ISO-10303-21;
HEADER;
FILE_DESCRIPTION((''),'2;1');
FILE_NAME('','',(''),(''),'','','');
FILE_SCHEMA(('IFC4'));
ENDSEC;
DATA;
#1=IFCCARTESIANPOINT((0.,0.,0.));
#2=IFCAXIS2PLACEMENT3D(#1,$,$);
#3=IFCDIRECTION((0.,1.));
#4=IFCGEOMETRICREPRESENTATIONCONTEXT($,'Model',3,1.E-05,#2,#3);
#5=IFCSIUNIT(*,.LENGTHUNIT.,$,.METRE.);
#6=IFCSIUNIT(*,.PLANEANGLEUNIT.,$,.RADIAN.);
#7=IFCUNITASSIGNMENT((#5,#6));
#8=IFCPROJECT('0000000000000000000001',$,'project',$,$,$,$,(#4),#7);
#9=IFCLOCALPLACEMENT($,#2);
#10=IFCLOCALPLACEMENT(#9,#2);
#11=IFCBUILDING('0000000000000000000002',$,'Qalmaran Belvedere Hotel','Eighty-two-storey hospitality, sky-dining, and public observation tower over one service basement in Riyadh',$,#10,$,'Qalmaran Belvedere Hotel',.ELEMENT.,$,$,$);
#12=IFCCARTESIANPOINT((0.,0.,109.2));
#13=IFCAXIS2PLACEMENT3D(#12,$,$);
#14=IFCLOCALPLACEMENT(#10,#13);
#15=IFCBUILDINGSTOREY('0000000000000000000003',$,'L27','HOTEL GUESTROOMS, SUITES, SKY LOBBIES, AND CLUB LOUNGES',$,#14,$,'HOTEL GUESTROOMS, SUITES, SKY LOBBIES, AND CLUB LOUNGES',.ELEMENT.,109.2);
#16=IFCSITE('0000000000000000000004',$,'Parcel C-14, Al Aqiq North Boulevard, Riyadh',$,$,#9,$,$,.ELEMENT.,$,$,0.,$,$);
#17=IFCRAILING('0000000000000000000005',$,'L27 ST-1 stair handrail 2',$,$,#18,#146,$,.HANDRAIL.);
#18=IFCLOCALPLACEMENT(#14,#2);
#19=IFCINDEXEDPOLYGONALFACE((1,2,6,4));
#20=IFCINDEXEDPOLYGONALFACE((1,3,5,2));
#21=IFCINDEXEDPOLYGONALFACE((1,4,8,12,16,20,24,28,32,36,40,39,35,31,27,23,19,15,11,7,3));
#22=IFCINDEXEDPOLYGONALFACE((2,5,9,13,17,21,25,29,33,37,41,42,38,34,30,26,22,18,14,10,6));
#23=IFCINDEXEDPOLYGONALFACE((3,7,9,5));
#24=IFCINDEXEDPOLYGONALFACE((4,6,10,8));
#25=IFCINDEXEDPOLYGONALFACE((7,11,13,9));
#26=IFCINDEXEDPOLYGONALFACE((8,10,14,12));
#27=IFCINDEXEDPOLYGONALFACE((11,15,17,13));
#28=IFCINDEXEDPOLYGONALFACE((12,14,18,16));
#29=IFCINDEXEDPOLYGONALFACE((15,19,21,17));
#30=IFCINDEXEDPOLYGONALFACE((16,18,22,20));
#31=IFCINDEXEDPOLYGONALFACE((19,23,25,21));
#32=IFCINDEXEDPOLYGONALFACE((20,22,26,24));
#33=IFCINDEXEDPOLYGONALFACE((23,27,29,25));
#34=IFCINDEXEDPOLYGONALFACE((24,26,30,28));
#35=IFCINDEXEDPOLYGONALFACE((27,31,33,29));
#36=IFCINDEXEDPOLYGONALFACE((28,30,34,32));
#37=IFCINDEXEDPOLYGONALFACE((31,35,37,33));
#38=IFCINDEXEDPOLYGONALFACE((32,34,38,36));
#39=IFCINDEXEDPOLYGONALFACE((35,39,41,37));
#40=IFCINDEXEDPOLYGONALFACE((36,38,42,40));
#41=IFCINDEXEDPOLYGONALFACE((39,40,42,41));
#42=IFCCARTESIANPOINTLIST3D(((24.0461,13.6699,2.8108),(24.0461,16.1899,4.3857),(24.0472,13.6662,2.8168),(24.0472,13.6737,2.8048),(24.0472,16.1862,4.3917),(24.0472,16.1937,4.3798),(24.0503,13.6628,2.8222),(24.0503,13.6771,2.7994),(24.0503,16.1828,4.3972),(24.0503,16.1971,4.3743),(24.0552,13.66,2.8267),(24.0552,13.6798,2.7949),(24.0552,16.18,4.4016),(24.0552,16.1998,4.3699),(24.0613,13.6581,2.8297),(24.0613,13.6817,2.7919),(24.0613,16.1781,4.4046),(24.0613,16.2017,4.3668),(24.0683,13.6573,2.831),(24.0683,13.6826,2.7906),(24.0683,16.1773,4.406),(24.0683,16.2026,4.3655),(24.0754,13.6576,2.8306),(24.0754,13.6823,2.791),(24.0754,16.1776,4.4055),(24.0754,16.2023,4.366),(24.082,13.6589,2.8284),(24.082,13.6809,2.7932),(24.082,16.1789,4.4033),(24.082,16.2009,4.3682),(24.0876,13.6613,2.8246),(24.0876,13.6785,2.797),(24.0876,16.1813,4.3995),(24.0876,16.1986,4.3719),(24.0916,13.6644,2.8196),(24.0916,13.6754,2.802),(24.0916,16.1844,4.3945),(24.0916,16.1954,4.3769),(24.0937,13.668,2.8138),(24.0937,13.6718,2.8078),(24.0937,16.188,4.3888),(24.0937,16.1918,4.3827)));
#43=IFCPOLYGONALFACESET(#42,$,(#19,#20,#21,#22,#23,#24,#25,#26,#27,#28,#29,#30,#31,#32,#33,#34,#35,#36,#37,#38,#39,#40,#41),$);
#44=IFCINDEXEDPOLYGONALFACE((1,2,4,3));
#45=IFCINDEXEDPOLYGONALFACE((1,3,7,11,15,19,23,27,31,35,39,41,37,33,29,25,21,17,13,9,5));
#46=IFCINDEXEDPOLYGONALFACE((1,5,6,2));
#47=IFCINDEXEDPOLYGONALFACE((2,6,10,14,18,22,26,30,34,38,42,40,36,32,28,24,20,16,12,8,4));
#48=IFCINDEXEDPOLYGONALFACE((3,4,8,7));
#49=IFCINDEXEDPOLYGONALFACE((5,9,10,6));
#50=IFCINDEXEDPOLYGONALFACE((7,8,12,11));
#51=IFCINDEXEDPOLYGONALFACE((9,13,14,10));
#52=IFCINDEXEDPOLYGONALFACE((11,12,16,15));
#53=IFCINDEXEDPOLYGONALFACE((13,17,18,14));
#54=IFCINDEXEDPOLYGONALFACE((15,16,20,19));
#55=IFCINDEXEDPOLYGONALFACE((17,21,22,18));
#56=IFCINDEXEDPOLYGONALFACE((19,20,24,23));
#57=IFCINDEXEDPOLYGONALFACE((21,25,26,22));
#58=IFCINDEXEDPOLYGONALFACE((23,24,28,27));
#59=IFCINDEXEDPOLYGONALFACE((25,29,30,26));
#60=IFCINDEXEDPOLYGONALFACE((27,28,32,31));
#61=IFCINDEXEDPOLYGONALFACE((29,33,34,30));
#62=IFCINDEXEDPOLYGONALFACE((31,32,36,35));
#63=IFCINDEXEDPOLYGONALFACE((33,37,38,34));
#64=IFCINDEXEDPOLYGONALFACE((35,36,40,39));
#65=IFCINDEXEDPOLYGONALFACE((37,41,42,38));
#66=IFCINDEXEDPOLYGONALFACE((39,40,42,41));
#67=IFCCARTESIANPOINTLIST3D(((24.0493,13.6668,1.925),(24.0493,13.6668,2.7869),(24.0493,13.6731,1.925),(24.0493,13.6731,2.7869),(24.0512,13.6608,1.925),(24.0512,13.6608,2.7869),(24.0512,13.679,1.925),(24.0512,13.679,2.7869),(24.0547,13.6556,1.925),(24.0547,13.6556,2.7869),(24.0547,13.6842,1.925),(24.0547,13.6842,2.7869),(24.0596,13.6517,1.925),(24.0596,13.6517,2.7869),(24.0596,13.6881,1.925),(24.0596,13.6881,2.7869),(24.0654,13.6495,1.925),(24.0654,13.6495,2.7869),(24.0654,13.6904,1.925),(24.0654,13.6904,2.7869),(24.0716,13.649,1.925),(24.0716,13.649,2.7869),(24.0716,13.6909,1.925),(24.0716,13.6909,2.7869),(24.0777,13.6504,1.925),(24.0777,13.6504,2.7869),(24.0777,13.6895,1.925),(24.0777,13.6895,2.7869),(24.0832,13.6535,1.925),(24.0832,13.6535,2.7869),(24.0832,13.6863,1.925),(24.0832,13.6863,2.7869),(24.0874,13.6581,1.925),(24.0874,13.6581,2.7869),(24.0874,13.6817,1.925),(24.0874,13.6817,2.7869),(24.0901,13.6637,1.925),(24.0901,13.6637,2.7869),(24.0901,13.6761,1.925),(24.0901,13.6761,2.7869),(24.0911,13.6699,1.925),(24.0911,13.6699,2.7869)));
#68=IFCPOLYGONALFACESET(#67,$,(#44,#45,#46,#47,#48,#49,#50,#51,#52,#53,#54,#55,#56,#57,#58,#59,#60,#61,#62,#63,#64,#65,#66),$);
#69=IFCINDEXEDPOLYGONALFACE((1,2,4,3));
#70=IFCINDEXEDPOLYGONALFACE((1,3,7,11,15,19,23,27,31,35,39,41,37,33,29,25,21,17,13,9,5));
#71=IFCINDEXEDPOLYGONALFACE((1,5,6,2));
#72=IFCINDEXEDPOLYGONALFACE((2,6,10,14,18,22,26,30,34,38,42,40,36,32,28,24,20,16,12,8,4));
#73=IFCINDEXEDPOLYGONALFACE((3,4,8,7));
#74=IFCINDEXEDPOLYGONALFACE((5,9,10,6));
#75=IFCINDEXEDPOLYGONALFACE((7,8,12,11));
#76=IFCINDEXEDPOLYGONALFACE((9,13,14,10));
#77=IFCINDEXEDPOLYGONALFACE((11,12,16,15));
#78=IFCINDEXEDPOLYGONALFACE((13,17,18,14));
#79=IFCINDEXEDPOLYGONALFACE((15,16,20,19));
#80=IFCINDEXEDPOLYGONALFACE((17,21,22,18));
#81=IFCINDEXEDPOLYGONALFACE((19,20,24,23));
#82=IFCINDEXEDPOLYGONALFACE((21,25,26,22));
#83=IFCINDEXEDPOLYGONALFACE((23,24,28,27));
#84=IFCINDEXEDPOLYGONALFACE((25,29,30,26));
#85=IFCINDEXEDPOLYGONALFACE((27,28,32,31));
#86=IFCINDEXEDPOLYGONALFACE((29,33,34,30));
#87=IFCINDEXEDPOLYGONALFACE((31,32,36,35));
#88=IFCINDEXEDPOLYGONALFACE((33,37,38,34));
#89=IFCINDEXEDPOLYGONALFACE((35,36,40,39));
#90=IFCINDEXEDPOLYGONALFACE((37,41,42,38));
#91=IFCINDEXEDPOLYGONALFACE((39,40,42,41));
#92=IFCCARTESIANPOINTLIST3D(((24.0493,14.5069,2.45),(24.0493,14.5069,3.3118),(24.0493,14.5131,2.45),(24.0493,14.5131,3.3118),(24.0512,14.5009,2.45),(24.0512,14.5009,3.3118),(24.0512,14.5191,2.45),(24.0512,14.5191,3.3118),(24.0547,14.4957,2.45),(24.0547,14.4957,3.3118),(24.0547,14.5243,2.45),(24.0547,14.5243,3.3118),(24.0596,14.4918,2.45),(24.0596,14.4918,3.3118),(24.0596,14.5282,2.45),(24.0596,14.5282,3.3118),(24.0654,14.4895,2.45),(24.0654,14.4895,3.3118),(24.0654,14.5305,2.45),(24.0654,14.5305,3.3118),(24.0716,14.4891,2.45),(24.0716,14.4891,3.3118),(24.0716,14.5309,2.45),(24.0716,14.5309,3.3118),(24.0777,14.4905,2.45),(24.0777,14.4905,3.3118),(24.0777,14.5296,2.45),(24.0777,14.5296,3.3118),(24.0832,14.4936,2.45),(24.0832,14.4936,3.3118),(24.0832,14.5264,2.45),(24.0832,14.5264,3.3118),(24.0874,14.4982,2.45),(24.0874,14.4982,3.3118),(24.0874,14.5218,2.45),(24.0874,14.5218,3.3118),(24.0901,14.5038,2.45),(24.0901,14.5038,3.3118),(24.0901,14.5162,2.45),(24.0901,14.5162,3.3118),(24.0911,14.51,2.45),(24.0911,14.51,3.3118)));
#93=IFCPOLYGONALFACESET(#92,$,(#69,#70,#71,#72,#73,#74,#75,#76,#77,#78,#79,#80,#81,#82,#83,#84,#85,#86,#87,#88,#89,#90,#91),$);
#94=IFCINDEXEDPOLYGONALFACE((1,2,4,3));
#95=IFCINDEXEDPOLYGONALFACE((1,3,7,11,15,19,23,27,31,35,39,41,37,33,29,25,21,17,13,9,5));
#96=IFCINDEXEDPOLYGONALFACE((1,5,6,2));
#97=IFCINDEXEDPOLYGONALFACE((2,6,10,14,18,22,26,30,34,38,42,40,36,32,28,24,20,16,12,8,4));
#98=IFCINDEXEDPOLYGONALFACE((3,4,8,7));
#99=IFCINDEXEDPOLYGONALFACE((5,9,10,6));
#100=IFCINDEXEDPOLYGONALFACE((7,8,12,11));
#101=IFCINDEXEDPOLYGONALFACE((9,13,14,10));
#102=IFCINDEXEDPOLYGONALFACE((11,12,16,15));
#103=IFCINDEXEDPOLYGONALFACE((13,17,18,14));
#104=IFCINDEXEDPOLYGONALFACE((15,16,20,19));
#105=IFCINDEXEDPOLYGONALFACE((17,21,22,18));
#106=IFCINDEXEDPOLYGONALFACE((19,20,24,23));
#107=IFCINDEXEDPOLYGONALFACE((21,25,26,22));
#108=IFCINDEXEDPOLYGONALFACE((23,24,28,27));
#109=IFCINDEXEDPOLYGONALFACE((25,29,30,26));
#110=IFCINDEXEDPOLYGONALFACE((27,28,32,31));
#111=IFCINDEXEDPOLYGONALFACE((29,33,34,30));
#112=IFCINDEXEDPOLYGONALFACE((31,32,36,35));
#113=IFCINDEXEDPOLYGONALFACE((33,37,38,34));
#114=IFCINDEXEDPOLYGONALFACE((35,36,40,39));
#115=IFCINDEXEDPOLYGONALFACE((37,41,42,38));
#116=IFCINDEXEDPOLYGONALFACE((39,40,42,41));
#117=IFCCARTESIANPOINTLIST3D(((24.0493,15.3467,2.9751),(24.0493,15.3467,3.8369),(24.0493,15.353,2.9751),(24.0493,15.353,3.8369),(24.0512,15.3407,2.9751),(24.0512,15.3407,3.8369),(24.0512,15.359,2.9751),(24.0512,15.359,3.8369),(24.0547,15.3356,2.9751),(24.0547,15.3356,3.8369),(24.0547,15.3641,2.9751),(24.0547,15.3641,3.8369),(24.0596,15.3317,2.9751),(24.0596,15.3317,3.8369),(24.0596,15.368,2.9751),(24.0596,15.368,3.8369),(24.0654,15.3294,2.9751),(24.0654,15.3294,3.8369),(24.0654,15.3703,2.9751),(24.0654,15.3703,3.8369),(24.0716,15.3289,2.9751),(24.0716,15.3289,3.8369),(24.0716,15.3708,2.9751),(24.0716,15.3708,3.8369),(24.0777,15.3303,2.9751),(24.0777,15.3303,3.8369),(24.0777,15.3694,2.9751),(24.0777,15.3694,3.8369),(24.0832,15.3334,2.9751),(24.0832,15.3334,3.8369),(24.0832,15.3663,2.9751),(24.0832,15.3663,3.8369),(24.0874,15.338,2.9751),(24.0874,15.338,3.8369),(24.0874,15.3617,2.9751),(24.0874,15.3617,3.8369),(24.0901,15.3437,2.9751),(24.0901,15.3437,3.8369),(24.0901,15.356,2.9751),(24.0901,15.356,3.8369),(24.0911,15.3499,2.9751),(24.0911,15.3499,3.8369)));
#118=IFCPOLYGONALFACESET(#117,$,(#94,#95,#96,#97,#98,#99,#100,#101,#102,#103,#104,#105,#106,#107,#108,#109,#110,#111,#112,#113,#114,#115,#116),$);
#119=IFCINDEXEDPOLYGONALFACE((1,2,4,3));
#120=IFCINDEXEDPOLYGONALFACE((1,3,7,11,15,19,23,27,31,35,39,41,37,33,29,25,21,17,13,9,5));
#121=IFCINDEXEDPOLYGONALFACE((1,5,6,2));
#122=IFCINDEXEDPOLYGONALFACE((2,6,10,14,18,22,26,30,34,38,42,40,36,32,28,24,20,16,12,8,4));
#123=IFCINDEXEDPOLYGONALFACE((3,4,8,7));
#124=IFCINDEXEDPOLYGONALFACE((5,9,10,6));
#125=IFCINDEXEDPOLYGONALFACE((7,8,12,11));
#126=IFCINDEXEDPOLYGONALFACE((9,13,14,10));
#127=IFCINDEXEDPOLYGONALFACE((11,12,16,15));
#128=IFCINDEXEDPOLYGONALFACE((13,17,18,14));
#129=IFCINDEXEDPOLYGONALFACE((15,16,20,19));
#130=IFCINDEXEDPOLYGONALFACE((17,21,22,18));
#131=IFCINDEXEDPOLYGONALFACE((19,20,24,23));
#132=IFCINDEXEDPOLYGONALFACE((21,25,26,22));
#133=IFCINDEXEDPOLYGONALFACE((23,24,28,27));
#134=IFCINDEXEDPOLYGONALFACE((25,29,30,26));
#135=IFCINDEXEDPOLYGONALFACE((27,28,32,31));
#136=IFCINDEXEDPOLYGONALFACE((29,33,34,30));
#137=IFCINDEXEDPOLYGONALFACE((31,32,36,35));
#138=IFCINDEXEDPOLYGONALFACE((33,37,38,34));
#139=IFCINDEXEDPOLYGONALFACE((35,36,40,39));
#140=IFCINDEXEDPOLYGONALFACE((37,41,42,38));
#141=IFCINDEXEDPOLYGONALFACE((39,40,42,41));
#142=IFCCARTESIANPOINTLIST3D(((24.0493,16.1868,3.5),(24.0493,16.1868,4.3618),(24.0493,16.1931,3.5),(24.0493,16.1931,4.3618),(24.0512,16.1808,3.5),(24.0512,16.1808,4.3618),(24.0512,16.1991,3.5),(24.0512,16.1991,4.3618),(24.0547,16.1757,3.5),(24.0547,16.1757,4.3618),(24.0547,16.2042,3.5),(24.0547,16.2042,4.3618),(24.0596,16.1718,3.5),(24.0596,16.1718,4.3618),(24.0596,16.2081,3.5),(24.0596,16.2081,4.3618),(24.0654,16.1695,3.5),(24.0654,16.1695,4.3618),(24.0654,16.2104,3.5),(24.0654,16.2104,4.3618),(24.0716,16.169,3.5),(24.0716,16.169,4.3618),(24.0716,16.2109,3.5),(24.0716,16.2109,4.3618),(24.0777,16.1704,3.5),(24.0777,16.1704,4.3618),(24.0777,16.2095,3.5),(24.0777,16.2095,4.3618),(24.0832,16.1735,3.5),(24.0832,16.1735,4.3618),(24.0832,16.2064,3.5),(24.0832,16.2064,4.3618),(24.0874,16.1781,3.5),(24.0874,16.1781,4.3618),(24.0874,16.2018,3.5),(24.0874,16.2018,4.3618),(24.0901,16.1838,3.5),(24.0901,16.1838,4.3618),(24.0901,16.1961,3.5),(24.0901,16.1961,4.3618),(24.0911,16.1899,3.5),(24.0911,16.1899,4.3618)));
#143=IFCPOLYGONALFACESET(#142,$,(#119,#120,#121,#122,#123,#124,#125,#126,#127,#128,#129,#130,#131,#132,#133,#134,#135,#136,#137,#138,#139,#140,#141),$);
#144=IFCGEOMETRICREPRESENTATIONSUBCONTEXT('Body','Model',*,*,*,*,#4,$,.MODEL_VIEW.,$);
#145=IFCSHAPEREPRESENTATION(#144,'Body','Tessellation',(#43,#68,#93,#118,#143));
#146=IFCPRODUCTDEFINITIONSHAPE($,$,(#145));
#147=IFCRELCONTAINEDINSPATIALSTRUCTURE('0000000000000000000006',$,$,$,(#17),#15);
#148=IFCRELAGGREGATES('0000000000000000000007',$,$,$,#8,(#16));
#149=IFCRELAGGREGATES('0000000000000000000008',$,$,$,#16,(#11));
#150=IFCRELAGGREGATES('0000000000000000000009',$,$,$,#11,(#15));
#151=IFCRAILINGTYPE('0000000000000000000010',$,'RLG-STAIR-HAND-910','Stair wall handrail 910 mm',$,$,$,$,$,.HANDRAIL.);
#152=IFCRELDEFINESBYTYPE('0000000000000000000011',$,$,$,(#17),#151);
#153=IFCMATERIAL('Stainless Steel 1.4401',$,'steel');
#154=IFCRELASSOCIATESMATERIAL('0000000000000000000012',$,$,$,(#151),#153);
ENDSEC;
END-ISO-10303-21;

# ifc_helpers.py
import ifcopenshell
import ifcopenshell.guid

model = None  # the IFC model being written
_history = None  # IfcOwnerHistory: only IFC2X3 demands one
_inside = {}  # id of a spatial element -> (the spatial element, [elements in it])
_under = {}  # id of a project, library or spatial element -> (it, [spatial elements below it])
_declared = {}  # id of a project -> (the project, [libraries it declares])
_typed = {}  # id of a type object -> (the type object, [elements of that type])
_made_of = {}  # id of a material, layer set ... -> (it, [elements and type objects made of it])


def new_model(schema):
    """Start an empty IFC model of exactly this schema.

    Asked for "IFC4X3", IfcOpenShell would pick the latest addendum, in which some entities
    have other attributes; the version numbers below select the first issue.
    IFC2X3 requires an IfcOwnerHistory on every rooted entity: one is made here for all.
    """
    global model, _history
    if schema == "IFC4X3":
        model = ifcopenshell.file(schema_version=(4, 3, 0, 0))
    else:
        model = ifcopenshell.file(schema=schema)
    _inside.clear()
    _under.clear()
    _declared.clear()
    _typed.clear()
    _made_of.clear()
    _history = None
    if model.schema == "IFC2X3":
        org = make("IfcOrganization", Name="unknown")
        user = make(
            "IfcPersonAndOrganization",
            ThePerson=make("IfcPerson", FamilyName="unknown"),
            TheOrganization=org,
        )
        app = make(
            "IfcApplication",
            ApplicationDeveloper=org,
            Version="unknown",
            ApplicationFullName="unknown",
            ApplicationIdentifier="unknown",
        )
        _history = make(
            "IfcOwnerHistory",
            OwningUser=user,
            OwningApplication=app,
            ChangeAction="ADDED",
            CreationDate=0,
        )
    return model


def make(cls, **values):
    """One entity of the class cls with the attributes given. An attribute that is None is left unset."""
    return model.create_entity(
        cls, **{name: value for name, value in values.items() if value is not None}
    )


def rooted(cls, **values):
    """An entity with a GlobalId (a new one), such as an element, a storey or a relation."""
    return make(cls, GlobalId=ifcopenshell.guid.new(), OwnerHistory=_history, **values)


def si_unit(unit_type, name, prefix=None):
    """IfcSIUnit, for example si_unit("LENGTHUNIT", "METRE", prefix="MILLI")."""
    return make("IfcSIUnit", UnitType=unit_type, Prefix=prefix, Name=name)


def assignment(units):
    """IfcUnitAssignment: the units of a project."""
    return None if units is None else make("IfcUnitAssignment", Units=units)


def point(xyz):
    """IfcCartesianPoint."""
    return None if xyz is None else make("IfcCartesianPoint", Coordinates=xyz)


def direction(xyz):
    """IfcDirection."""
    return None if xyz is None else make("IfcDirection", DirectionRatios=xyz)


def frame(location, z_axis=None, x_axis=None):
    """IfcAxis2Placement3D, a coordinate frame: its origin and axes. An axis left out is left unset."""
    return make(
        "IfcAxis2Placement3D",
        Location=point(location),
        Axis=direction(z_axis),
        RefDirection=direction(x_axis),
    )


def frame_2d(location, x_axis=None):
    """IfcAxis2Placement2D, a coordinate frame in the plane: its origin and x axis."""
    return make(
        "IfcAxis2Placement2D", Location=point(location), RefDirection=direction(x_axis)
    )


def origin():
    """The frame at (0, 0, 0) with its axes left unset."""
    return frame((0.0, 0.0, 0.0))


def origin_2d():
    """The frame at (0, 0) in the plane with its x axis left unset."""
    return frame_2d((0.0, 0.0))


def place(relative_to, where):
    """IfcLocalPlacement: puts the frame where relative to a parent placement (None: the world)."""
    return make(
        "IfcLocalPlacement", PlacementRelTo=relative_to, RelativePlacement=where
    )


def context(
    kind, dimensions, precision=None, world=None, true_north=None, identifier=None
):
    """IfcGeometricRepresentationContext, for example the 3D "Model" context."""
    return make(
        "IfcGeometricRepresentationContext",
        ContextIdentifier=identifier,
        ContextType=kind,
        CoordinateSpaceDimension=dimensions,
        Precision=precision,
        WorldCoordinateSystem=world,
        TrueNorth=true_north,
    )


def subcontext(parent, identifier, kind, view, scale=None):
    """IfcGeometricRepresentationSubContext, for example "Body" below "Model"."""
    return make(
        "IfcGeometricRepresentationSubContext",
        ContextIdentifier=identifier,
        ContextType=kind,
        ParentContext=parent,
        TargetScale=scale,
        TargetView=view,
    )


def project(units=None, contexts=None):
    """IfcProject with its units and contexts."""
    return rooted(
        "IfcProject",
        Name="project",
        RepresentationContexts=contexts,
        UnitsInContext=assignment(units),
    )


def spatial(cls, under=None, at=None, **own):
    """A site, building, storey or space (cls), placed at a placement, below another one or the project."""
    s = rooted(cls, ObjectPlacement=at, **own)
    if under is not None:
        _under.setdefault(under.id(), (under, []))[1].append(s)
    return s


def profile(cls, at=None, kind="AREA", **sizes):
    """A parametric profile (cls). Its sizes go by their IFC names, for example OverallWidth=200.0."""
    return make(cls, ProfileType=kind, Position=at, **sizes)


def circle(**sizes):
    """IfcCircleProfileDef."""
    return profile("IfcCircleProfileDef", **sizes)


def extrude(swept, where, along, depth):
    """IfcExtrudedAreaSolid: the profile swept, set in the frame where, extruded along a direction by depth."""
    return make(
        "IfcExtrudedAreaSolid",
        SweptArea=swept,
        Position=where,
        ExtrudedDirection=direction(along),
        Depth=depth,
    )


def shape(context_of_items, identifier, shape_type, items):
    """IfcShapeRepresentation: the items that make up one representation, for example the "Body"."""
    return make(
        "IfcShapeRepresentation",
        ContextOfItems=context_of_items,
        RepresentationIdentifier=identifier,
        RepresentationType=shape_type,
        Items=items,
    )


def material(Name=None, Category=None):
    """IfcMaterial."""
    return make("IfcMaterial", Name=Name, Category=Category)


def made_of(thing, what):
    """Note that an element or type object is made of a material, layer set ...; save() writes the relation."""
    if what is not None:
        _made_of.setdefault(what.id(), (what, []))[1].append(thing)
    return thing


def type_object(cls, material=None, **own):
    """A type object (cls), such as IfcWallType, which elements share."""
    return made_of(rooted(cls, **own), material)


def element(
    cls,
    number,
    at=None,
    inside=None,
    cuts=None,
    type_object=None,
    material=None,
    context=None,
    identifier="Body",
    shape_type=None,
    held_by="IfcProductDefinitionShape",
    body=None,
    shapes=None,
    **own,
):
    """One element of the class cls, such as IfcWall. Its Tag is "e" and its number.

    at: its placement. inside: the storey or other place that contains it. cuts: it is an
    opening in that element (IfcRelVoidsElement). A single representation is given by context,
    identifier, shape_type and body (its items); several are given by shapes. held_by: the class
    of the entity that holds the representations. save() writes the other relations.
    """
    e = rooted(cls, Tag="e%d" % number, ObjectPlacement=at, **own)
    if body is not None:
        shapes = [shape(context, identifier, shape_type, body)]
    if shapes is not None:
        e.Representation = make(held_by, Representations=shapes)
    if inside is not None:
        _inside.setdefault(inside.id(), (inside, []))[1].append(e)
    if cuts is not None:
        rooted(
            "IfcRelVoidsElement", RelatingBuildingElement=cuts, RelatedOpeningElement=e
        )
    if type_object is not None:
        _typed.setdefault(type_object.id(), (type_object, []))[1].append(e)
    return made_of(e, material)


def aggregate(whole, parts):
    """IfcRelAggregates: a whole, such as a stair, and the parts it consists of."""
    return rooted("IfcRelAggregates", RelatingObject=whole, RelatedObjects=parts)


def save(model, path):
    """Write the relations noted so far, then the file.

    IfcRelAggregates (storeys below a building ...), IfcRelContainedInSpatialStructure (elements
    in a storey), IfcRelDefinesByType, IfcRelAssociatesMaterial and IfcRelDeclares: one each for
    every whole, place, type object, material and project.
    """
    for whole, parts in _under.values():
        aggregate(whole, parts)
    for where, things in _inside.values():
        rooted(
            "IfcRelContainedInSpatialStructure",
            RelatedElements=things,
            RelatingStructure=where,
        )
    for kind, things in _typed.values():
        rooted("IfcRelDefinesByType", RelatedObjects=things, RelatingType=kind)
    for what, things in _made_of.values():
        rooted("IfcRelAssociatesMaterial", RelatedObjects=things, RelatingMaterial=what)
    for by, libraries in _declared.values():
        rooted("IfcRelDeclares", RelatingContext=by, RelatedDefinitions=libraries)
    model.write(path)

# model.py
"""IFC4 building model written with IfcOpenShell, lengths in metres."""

from ifc_helpers import new_model, si_unit, direction, frame, origin, origin_2d, place, context, subcontext, project, spatial, circle, extrude, material, type_object, element, save


model = new_model("IFC4")

# Units and contexts
model_context = context("Model", 3, precision=1e-05, world=origin(), true_north=direction((0.0, 1.0)))
body_context = subcontext(model_context, "Body", "Model", "MODEL_VIEW")
ifc_project = project(units=[si_unit("LENGTHUNIT", "METRE"), si_unit("PLANEANGLEUNIT", "RADIAN")], contexts=[model_context])

# Site, building, storey
site_placement = place(None, origin())
site = spatial("IfcSite", under=ifc_project, at=site_placement, Name="Parcel C-14, Al Aqiq North Boulevard, Riyadh", CompositionType="ELEMENT", RefElevation=0.0)
building_placement = place(site_placement, origin())
building = spatial("IfcBuilding", under=site, at=building_placement, Name="Qalmaran Belvedere Hotel", Description="Eighty-two-storey hospitality, sky-dining, and public observation tower over one service basement in Riyadh", LongName="Qalmaran Belvedere Hotel", CompositionType="ELEMENT")
storey_placement = place(building_placement, frame((0.0, 0.0, 109.2)))
storey = spatial("IfcBuildingStorey", under=building, at=storey_placement, Name="L27", Description="HOTEL GUESTROOMS, SUITES, SKY LOBBIES, AND CLUB LOUNGES", LongName="HOTEL GUESTROOMS, SUITES, SKY LOBBIES, AND CLUB LOUNGES", CompositionType="ELEMENT", Elevation=109.2)

# Railing
ifc_material_1 = material(Name="Stainless Steel 1.4401", Category="steel")
railing_type_1 = type_object("IfcRailingType", Name="RLG-STAIR-HAND-910", Description="Stair wall handrail 910 mm", PredefinedType="HANDRAIL", material=ifc_material_1)
railing_1_placement = place(storey_placement, frame((24.0701, 13.6699, 1.925)))
element("IfcRailing", 1, at=railing_1_placement, inside=storey, type_object=railing_type_1, Name="L27 ST-1 stair handrail 2", PredefinedType="HANDRAIL", context=body_context, shape_type="SweptSolid", body=[
    extrude(circle(Radius=0.0239, at=origin_2d()), frame((0.0, 0.0, 0.8857), z_axis=(0.0, 0.848008, 0.529984), x_axis=(-1.0, 0.0, 0.0)), (0.0, 0.0, 1.0), 2.9717),
    extrude(circle(Radius=0.021, at=origin_2d()), origin(), (0.0, 0.0, 1.0), 0.8618),
    extrude(circle(Radius=0.021, at=origin_2d()), frame((0.0, 0.8401, 0.5249)), (0.0, 0.0, 1.0), 0.8618),
    extrude(circle(Radius=0.021, at=origin_2d()), frame((0.0, 1.6799, 1.05)), (0.0, 0.0, 1.0), 0.8618),
    extrude(circle(Radius=0.021, at=origin_2d()), frame((0.0, 2.52, 1.575)), (0.0, 0.0, 1.0), 0.8618),
])

save(model, "model.ifc")
